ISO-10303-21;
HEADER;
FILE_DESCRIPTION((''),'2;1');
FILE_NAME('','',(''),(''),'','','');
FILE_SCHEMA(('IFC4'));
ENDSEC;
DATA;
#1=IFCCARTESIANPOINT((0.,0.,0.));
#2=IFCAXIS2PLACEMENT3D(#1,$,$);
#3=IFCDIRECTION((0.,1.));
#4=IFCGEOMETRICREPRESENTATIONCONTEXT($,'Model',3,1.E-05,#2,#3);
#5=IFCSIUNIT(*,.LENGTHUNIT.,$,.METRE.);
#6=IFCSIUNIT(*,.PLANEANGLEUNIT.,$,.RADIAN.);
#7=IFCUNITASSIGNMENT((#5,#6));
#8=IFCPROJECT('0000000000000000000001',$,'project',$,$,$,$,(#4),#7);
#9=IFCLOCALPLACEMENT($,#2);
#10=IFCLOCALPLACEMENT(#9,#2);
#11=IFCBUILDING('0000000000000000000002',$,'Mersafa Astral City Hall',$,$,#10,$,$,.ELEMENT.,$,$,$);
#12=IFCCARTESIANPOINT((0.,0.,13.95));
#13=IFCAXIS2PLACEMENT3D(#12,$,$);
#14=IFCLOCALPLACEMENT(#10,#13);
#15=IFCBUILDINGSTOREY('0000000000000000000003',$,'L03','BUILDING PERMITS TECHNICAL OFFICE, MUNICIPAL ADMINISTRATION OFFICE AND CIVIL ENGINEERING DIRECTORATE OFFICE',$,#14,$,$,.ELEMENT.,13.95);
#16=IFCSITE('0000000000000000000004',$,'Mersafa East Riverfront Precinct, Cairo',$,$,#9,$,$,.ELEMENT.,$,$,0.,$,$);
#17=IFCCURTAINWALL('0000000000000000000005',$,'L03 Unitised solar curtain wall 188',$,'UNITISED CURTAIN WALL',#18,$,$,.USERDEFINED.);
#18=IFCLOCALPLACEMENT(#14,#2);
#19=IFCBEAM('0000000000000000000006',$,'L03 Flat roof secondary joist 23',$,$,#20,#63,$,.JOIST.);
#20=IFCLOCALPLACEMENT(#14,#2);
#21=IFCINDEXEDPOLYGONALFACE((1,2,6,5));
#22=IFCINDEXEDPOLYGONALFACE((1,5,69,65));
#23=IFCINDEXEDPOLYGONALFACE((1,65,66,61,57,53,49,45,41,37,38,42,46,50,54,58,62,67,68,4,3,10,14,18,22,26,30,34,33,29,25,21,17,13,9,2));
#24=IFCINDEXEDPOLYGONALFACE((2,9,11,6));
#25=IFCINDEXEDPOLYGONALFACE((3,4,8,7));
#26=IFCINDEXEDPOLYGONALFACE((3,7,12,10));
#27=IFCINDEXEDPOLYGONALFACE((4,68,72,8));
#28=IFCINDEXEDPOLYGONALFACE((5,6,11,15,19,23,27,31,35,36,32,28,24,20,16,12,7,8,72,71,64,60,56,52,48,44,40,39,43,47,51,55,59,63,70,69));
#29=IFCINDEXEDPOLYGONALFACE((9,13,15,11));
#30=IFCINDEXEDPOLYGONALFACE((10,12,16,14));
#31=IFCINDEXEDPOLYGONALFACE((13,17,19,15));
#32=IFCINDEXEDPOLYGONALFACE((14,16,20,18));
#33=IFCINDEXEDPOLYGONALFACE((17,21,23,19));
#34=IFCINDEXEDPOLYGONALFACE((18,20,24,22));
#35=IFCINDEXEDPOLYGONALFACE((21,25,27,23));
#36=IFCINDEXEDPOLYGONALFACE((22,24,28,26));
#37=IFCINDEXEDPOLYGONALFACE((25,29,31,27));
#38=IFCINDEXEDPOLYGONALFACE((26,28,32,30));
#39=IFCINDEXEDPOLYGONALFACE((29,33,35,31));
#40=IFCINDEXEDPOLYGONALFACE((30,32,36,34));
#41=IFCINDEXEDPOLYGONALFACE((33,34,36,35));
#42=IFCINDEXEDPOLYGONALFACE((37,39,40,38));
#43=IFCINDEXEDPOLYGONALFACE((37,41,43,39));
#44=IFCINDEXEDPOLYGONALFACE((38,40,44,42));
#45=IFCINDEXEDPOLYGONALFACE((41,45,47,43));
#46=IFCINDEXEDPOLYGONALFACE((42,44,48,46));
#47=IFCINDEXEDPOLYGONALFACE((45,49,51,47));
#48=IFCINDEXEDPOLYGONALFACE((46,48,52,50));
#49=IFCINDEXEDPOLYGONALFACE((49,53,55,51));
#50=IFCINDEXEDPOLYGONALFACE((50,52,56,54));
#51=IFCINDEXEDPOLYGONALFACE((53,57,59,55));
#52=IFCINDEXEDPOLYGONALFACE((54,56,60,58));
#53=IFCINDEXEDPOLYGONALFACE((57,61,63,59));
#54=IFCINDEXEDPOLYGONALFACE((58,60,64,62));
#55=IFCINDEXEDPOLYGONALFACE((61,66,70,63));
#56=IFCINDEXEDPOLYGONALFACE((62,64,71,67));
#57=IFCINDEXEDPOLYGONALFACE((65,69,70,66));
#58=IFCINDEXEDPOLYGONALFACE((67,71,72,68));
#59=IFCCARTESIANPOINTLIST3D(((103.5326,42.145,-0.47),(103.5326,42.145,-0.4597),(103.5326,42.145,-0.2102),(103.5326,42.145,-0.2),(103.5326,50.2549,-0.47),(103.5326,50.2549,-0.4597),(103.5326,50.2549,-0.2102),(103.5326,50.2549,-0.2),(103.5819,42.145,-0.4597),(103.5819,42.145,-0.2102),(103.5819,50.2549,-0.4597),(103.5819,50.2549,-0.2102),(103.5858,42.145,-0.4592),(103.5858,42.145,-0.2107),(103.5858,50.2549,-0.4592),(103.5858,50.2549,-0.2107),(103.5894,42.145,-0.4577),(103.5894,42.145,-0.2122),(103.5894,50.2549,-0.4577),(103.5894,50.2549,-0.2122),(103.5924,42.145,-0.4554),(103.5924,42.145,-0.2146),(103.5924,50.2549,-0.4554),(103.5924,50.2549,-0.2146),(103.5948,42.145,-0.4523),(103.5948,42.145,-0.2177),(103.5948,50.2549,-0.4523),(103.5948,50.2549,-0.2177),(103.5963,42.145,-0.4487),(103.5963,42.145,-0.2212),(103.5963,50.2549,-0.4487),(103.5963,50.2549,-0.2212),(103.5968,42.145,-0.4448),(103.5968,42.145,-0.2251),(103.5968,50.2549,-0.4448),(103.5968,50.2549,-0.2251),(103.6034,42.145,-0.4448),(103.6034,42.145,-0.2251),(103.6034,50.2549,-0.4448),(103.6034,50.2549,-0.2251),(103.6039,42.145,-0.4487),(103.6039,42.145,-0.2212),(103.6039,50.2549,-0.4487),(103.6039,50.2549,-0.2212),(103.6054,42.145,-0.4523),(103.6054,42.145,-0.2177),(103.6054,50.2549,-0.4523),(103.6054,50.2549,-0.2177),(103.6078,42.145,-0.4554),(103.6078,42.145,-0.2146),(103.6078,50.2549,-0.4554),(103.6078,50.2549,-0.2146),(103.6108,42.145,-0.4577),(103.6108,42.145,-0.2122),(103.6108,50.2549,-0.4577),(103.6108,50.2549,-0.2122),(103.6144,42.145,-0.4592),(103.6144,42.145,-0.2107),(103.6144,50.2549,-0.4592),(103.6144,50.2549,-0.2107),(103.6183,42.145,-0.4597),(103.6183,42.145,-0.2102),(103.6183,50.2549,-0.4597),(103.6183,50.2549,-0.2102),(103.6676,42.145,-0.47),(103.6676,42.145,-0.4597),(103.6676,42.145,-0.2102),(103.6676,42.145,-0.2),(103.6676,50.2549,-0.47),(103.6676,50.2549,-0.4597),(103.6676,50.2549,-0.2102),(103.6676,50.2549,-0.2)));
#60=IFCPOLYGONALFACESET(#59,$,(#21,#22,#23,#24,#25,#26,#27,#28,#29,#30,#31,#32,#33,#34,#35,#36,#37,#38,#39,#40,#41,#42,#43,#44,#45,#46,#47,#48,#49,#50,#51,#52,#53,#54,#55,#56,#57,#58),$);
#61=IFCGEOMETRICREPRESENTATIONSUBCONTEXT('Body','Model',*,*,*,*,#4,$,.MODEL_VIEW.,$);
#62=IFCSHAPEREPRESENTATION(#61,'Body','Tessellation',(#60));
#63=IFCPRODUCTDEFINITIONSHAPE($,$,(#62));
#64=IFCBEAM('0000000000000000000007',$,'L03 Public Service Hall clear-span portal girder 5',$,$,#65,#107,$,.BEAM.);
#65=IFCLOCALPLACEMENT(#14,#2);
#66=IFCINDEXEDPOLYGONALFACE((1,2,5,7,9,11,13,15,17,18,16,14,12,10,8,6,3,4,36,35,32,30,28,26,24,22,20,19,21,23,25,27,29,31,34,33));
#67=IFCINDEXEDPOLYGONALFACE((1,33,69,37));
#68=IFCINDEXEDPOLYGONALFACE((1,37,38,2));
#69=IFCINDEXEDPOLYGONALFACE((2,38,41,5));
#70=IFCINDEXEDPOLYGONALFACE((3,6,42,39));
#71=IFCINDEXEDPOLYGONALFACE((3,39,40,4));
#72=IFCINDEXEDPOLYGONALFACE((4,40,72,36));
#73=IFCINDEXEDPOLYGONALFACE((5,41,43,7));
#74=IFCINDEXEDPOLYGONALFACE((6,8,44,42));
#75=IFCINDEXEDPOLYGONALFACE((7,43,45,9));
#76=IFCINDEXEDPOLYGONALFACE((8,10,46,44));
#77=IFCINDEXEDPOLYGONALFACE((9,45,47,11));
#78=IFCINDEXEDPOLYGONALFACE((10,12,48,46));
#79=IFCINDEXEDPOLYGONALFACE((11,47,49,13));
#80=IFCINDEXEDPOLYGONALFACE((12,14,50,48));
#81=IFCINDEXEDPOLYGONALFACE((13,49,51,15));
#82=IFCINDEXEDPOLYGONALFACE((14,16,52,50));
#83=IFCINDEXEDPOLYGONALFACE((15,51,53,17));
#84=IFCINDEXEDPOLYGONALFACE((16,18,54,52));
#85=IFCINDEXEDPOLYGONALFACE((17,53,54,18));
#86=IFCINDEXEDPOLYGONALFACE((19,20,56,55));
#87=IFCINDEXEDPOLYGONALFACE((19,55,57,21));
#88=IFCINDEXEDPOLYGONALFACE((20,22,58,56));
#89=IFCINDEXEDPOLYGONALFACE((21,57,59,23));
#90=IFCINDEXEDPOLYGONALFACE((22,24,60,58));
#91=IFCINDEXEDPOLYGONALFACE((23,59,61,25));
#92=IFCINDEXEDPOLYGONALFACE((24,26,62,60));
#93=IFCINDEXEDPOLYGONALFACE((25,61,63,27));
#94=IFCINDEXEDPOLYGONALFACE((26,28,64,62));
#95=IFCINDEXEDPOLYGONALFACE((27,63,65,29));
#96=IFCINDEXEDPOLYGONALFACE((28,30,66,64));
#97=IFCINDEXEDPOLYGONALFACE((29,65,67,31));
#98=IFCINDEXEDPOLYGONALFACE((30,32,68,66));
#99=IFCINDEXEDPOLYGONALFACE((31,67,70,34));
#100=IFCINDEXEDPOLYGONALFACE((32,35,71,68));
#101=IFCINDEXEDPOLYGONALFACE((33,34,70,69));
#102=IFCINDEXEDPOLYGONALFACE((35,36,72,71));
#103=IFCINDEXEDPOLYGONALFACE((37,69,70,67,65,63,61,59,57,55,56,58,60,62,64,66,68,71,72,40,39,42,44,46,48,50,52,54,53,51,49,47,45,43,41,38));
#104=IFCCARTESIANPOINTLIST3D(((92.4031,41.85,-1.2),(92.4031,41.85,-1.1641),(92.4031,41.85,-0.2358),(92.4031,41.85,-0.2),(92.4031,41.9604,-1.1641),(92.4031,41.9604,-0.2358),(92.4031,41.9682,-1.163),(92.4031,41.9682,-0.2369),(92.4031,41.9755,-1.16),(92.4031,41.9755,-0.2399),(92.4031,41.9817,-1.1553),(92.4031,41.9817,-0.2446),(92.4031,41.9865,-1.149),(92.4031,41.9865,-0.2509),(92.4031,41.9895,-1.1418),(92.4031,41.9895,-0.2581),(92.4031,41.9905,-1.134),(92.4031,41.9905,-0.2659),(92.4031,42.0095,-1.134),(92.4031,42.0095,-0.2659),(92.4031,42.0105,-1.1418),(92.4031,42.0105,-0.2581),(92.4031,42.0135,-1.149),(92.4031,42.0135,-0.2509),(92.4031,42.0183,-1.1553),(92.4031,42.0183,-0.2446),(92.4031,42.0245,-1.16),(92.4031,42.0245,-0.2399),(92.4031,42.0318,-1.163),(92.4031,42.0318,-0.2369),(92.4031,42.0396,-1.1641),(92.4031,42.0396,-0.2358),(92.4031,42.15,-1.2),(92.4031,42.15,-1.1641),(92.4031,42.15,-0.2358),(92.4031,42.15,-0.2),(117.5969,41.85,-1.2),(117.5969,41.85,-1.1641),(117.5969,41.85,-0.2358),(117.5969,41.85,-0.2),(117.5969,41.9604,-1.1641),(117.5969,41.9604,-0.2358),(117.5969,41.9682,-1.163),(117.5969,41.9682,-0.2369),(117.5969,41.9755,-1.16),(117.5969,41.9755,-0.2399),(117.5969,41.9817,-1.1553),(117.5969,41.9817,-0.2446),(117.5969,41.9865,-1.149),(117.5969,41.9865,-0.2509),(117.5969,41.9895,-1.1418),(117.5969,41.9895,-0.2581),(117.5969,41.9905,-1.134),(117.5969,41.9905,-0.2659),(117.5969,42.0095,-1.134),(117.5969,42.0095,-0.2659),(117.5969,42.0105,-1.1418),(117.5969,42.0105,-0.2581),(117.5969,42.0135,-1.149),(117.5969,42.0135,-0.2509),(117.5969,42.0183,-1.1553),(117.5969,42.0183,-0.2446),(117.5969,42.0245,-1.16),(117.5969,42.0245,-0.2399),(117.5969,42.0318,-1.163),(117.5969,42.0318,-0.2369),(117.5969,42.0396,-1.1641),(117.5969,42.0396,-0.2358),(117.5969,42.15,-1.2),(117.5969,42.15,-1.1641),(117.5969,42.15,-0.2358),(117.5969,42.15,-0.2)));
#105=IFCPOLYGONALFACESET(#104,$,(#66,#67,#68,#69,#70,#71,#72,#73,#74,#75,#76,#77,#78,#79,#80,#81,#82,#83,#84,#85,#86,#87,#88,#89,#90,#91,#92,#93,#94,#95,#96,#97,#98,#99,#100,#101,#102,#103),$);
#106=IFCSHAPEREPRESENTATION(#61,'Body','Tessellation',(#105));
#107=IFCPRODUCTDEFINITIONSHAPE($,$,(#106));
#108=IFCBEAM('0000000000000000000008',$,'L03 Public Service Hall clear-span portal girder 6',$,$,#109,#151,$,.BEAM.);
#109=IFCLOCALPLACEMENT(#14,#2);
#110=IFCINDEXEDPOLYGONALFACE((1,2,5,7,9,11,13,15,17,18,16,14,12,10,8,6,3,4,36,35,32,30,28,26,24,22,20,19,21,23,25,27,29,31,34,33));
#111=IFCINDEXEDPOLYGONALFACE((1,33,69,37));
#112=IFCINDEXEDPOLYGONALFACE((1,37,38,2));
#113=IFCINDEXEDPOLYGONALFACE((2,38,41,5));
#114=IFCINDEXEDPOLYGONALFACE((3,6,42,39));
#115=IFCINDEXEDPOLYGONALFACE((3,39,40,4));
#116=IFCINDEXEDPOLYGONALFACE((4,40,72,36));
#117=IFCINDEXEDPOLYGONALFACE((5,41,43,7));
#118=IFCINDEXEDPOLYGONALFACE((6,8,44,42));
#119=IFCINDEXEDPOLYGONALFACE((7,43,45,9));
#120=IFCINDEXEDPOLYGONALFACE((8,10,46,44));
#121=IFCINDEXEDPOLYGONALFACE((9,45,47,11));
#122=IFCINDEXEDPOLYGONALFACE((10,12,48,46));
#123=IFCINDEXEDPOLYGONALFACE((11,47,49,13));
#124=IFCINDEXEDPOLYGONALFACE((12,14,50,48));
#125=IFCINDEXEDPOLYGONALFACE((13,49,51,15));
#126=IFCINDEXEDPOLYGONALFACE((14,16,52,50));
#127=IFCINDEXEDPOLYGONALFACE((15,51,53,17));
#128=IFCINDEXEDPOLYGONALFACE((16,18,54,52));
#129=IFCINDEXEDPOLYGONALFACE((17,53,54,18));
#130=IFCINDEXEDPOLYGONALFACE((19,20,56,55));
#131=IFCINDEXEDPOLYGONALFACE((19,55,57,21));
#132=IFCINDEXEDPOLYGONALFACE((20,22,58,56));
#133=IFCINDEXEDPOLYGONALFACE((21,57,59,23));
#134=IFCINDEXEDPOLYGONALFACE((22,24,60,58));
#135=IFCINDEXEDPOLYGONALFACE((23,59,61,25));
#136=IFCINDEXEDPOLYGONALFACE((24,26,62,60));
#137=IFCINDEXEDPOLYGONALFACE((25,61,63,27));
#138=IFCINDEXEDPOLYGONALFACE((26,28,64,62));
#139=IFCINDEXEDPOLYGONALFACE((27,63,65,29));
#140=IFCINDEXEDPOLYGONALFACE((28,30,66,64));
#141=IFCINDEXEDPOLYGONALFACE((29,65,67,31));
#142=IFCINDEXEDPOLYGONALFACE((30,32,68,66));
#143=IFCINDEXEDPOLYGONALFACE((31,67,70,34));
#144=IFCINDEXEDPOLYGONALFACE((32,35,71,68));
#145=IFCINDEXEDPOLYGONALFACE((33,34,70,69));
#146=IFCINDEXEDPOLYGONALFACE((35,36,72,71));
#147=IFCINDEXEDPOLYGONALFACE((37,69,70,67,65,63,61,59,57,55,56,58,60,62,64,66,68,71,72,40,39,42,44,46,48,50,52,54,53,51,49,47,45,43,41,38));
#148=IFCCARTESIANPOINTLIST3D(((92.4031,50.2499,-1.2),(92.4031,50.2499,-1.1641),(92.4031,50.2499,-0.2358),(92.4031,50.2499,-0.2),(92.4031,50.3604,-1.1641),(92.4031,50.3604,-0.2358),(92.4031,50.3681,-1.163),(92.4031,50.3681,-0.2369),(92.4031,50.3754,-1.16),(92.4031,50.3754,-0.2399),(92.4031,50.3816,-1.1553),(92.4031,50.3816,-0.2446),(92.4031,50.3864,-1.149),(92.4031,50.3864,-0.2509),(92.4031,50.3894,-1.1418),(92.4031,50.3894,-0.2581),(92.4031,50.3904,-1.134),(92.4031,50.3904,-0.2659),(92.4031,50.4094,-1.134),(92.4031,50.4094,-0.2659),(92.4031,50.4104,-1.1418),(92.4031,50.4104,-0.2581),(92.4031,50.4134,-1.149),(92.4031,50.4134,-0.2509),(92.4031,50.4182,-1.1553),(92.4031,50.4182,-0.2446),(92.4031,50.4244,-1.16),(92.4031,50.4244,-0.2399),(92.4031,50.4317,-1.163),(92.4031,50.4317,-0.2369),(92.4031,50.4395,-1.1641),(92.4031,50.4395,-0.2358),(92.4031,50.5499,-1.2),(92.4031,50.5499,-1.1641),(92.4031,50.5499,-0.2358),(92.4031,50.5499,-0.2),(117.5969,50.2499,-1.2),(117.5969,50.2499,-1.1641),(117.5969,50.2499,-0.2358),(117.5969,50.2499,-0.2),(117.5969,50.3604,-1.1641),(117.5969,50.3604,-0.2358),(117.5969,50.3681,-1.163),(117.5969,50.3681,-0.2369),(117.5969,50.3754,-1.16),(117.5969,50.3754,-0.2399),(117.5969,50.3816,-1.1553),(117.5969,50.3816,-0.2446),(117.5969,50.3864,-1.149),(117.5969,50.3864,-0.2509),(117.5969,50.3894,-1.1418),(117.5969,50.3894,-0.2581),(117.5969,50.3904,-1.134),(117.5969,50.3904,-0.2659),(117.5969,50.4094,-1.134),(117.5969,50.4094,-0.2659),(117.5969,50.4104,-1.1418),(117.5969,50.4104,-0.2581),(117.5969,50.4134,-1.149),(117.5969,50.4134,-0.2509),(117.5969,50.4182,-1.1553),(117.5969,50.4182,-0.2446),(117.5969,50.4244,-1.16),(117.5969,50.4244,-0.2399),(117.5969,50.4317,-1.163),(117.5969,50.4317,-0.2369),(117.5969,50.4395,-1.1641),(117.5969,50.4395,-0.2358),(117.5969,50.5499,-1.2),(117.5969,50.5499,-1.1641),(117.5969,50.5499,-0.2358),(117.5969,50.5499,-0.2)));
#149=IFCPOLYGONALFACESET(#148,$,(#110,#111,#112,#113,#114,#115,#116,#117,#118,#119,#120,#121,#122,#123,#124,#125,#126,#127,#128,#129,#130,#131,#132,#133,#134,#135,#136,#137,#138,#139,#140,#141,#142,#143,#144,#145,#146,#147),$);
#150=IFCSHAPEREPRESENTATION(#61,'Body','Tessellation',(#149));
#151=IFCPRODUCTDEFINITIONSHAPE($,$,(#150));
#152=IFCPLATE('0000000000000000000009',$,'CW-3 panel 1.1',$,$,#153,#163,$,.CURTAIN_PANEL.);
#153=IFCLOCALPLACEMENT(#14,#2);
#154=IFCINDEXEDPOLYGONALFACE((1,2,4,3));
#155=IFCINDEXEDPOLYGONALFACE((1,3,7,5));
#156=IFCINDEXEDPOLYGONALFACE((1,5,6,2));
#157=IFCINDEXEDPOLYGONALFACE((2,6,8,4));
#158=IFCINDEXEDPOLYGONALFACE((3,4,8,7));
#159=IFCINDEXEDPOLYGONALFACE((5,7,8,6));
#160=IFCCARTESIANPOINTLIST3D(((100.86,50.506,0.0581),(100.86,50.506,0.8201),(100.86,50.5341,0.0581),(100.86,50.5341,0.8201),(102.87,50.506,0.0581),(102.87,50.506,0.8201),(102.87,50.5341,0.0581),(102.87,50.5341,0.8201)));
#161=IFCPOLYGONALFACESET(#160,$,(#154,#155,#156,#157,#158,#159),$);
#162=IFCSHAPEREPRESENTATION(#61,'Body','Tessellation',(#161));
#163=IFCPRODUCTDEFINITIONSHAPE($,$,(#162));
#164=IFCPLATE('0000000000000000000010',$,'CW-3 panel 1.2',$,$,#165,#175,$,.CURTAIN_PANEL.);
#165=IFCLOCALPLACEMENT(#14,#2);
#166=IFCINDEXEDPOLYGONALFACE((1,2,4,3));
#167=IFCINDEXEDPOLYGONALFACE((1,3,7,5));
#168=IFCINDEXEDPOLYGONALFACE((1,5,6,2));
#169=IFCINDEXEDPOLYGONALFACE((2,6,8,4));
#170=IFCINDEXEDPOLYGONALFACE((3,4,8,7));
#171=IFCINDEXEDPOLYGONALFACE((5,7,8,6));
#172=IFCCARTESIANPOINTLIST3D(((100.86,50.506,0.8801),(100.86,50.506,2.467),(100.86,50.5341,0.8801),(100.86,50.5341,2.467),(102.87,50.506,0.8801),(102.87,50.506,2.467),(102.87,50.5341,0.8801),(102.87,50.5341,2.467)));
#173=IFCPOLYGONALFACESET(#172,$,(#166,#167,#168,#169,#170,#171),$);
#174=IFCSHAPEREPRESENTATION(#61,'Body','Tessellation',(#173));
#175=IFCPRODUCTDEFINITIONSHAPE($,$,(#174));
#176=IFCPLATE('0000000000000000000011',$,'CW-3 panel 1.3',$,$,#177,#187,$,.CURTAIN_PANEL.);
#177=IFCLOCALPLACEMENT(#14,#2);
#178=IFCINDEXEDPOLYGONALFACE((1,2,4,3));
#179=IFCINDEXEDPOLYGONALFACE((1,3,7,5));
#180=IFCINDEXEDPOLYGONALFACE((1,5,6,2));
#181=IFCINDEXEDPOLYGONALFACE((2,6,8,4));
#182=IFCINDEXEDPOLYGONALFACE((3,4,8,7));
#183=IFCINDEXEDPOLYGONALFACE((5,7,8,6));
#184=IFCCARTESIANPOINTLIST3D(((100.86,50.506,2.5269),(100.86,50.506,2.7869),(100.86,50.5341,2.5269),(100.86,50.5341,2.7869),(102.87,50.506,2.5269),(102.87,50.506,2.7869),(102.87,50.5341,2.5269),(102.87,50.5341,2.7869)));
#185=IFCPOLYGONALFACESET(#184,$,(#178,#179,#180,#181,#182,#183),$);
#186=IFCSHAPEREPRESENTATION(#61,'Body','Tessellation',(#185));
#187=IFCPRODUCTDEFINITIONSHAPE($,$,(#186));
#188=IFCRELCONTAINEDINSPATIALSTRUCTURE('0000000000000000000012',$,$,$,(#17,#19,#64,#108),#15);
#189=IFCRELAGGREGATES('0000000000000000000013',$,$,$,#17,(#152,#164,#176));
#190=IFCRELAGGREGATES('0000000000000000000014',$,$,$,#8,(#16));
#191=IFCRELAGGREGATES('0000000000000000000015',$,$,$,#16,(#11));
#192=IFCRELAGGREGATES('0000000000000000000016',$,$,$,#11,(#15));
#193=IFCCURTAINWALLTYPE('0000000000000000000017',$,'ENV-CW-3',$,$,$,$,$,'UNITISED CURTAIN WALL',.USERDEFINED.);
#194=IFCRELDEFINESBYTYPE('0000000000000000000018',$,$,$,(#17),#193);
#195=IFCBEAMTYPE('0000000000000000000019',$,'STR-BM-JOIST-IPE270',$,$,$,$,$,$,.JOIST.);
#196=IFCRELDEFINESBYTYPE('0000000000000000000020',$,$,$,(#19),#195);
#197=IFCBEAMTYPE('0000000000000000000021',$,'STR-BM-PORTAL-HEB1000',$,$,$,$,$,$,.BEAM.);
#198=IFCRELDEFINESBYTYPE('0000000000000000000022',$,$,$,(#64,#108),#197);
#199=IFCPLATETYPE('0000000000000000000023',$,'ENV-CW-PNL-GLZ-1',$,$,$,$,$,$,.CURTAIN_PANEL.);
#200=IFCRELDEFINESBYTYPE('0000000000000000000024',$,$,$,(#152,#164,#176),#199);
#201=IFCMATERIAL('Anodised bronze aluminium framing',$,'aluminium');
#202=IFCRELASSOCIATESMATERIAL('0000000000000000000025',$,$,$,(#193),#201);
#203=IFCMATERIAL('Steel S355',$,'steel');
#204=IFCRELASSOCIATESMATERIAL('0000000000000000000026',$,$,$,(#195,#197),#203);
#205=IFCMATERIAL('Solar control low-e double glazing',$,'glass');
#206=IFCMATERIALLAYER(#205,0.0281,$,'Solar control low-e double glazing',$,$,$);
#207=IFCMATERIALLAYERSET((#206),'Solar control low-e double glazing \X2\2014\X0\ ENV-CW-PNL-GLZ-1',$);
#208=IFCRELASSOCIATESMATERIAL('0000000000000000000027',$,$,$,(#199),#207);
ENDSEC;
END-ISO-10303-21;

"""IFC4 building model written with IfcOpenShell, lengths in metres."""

from ifc_helpers import new_model, si_unit, direction, frame, origin, origin_2d, place, context, subcontext, project, spatial, rectangle, i_section, extrude, material, layer, layer_set, material_profile, profile_set, type_object, element, aggregate, save


model = new_model("IFC4")

# Units and contexts
model_context = context("Model", 3, precision=1e-05, world=origin(), true_north=direction((0.0, 1.0)))
body_context = subcontext(model_context, "Body", "Model", "MODEL_VIEW")
ifc_project = project(units=[si_unit("LENGTHUNIT", "METRE"), si_unit("PLANEANGLEUNIT", "RADIAN")], contexts=[model_context])

# Site, building, storey
site_placement = place(None, origin())
site = spatial("IfcSite", under=ifc_project, at=site_placement, Name="Mersafa East Riverfront Precinct, Cairo", CompositionType="ELEMENT", RefElevation=0.0)
building_placement = place(site_placement, origin())
building = spatial("IfcBuilding", under=site, at=building_placement, Name="Mersafa Astral City Hall", CompositionType="ELEMENT")
storey_placement = place(building_placement, frame((0.0, 0.0, 13.95)))
storey = spatial("IfcBuildingStorey", under=building, at=storey_placement, Name="L03", Description="BUILDING PERMITS TECHNICAL OFFICE, MUNICIPAL ADMINISTRATION OFFICE AND CIVIL ENGINEERING DIRECTORATE OFFICE", CompositionType="ELEMENT", Elevation=13.95)

# Curtain wall
ifc_material_1 = material(Name="Anodised bronze aluminium framing", Category="aluminium")
curtain_wall_type = type_object("IfcCurtainWallType", Name="ENV-CW-3", ElementType="UNITISED CURTAIN WALL", PredefinedType="USERDEFINED", material=ifc_material_1)
curtain_wall_placement = place(storey_placement, origin())
curtain_wall = element("IfcCurtainWall", 1, at=curtain_wall_placement, inside=storey, type_object=curtain_wall_type, Name="L03 Unitised solar curtain wall 188", ObjectType="UNITISED CURTAIN WALL", PredefinedType="USERDEFINED")

# Beams
ifc_material_2 = material(Name="Steel S355", Category="steel")
ifc_material_profile_1 = material_profile(ifc_material_2, i_section(OverallWidth=0.135, OverallDepth=0.27, WebThickness=0.0066, FlangeThickness=0.0103, FilletRadius=0.0149, at=origin_2d()), Name="IPE 270")
ifc_profile_set_1 = profile_set([ifc_material_profile_1], Name="Steel S355")
beam_type_1 = type_object("IfcBeamType", Name="STR-BM-JOIST-IPE270", PredefinedType="JOIST", material=ifc_profile_set_1)
for number, where, z_axis, x_axis, name in (
    (2, (103.6001, 42.145, -0.335), (0.0, 1.0, 0.0), (-1.0, 0.0, 0.0), "L03 Flat roof secondary joist 23"),
):
    element("IfcBeam", number, at=place(storey_placement, frame(where, z_axis=z_axis, x_axis=x_axis)), inside=storey, type_object=beam_type_1, Name=name, PredefinedType="JOIST", context=body_context, shape_type="SweptSolid", body=[
        extrude(i_section(OverallWidth=0.135, OverallDepth=0.27, WebThickness=0.0066, FlangeThickness=0.0103, FilletRadius=0.0149, at=origin_2d()), origin(), (0.0, 0.0, 1.0), 8.1099),
    ])
ifc_material_profile_2 = material_profile(ifc_material_2, i_section(OverallWidth=0.3, OverallDepth=1.0, WebThickness=0.019, FlangeThickness=0.0359, FilletRadius=0.03, at=origin_2d()), Name="HEB 1000")
ifc_profile_set_2 = profile_set([ifc_material_profile_2], Name="Steel S355")
beam_type_2 = type_object("IfcBeamType", Name="STR-BM-PORTAL-HEB1000", PredefinedType="BEAM", material=ifc_profile_set_2)
for number, where, z_axis, x_axis, name in (
    (3, (92.4031, 42.0, -0.7), (1.0, 0.0, 0.0), (0.0, 1.0, 0.0), "L03 Public Service Hall clear-span portal girder 5"),
    (4, (92.4031, 50.3999, -0.7), (1.0, 0.0, 0.0), (0.0, 1.0, 0.0), "L03 Public Service Hall clear-span portal girder 6"),
):
    element("IfcBeam", number, at=place(storey_placement, frame(where, z_axis=z_axis, x_axis=x_axis)), inside=storey, type_object=beam_type_2, Name=name, PredefinedType="BEAM", context=body_context, shape_type="SweptSolid", body=[
        extrude(i_section(OverallWidth=0.3, OverallDepth=1.0, WebThickness=0.019, FlangeThickness=0.0359, FilletRadius=0.03, at=origin_2d()), origin(), (0.0, 0.0, 1.0), 25.1938),
    ])

# Plates
ifc_material_3 = material(Name="Solar control low-e double glazing", Category="glass")
ifc_layer_1 = layer(ifc_material_3, 0.0281, Name="Solar control low-e double glazing")
ifc_layer_set_1 = layer_set([ifc_layer_1], Name="Solar control low-e double glazing — ENV-CW-PNL-GLZ-1")
plate_type = type_object("IfcPlateType", Name="ENV-CW-PNL-GLZ-1", PredefinedType="CURTAIN_PANEL", material=ifc_layer_set_1)
plate_1_placement = place(storey_placement, frame((101.865, 50.52, 0.0581), z_axis=(0.0, 0.0, 1.0), x_axis=(1.0, 0.0, 0.0)))
plate_1 = element("IfcPlate", 5, at=plate_1_placement, type_object=plate_type, Name="CW-3 panel 1.1", PredefinedType="CURTAIN_PANEL", context=body_context, shape_type="SweptSolid", body=[
    extrude(rectangle(XDim=2.01, YDim=0.0281, at=origin_2d()), origin(), (0.0, 0.0, 1.0), 0.762),
])
plate_2_placement = place(storey_placement, frame((101.865, 50.52, 0.8801), z_axis=(0.0, 0.0, 1.0), x_axis=(1.0, 0.0, 0.0)))
plate_2 = element("IfcPlate", 6, at=plate_2_placement, type_object=plate_type, Name="CW-3 panel 1.2", PredefinedType="CURTAIN_PANEL", context=body_context, shape_type="SweptSolid", body=[
    extrude(rectangle(XDim=2.01, YDim=0.0281, at=origin_2d()), origin(), (0.0, 0.0, 1.0), 1.5869),
])
plate_3_placement = place(storey_placement, frame((101.865, 50.52, 2.5269), z_axis=(0.0, 0.0, 1.0), x_axis=(1.0, 0.0, 0.0)))
plate_3 = element("IfcPlate", 7, at=plate_3_placement, type_object=plate_type, Name="CW-3 panel 1.3", PredefinedType="CURTAIN_PANEL", context=body_context, shape_type="SweptSolid", body=[
    extrude(rectangle(XDim=2.01, YDim=0.0281, at=origin_2d()), origin(), (0.0, 0.0, 1.0), 0.26),
])
aggregate(curtain_wall, [plate_1, plate_2, plate_3])

save(model, "model.ifc")
